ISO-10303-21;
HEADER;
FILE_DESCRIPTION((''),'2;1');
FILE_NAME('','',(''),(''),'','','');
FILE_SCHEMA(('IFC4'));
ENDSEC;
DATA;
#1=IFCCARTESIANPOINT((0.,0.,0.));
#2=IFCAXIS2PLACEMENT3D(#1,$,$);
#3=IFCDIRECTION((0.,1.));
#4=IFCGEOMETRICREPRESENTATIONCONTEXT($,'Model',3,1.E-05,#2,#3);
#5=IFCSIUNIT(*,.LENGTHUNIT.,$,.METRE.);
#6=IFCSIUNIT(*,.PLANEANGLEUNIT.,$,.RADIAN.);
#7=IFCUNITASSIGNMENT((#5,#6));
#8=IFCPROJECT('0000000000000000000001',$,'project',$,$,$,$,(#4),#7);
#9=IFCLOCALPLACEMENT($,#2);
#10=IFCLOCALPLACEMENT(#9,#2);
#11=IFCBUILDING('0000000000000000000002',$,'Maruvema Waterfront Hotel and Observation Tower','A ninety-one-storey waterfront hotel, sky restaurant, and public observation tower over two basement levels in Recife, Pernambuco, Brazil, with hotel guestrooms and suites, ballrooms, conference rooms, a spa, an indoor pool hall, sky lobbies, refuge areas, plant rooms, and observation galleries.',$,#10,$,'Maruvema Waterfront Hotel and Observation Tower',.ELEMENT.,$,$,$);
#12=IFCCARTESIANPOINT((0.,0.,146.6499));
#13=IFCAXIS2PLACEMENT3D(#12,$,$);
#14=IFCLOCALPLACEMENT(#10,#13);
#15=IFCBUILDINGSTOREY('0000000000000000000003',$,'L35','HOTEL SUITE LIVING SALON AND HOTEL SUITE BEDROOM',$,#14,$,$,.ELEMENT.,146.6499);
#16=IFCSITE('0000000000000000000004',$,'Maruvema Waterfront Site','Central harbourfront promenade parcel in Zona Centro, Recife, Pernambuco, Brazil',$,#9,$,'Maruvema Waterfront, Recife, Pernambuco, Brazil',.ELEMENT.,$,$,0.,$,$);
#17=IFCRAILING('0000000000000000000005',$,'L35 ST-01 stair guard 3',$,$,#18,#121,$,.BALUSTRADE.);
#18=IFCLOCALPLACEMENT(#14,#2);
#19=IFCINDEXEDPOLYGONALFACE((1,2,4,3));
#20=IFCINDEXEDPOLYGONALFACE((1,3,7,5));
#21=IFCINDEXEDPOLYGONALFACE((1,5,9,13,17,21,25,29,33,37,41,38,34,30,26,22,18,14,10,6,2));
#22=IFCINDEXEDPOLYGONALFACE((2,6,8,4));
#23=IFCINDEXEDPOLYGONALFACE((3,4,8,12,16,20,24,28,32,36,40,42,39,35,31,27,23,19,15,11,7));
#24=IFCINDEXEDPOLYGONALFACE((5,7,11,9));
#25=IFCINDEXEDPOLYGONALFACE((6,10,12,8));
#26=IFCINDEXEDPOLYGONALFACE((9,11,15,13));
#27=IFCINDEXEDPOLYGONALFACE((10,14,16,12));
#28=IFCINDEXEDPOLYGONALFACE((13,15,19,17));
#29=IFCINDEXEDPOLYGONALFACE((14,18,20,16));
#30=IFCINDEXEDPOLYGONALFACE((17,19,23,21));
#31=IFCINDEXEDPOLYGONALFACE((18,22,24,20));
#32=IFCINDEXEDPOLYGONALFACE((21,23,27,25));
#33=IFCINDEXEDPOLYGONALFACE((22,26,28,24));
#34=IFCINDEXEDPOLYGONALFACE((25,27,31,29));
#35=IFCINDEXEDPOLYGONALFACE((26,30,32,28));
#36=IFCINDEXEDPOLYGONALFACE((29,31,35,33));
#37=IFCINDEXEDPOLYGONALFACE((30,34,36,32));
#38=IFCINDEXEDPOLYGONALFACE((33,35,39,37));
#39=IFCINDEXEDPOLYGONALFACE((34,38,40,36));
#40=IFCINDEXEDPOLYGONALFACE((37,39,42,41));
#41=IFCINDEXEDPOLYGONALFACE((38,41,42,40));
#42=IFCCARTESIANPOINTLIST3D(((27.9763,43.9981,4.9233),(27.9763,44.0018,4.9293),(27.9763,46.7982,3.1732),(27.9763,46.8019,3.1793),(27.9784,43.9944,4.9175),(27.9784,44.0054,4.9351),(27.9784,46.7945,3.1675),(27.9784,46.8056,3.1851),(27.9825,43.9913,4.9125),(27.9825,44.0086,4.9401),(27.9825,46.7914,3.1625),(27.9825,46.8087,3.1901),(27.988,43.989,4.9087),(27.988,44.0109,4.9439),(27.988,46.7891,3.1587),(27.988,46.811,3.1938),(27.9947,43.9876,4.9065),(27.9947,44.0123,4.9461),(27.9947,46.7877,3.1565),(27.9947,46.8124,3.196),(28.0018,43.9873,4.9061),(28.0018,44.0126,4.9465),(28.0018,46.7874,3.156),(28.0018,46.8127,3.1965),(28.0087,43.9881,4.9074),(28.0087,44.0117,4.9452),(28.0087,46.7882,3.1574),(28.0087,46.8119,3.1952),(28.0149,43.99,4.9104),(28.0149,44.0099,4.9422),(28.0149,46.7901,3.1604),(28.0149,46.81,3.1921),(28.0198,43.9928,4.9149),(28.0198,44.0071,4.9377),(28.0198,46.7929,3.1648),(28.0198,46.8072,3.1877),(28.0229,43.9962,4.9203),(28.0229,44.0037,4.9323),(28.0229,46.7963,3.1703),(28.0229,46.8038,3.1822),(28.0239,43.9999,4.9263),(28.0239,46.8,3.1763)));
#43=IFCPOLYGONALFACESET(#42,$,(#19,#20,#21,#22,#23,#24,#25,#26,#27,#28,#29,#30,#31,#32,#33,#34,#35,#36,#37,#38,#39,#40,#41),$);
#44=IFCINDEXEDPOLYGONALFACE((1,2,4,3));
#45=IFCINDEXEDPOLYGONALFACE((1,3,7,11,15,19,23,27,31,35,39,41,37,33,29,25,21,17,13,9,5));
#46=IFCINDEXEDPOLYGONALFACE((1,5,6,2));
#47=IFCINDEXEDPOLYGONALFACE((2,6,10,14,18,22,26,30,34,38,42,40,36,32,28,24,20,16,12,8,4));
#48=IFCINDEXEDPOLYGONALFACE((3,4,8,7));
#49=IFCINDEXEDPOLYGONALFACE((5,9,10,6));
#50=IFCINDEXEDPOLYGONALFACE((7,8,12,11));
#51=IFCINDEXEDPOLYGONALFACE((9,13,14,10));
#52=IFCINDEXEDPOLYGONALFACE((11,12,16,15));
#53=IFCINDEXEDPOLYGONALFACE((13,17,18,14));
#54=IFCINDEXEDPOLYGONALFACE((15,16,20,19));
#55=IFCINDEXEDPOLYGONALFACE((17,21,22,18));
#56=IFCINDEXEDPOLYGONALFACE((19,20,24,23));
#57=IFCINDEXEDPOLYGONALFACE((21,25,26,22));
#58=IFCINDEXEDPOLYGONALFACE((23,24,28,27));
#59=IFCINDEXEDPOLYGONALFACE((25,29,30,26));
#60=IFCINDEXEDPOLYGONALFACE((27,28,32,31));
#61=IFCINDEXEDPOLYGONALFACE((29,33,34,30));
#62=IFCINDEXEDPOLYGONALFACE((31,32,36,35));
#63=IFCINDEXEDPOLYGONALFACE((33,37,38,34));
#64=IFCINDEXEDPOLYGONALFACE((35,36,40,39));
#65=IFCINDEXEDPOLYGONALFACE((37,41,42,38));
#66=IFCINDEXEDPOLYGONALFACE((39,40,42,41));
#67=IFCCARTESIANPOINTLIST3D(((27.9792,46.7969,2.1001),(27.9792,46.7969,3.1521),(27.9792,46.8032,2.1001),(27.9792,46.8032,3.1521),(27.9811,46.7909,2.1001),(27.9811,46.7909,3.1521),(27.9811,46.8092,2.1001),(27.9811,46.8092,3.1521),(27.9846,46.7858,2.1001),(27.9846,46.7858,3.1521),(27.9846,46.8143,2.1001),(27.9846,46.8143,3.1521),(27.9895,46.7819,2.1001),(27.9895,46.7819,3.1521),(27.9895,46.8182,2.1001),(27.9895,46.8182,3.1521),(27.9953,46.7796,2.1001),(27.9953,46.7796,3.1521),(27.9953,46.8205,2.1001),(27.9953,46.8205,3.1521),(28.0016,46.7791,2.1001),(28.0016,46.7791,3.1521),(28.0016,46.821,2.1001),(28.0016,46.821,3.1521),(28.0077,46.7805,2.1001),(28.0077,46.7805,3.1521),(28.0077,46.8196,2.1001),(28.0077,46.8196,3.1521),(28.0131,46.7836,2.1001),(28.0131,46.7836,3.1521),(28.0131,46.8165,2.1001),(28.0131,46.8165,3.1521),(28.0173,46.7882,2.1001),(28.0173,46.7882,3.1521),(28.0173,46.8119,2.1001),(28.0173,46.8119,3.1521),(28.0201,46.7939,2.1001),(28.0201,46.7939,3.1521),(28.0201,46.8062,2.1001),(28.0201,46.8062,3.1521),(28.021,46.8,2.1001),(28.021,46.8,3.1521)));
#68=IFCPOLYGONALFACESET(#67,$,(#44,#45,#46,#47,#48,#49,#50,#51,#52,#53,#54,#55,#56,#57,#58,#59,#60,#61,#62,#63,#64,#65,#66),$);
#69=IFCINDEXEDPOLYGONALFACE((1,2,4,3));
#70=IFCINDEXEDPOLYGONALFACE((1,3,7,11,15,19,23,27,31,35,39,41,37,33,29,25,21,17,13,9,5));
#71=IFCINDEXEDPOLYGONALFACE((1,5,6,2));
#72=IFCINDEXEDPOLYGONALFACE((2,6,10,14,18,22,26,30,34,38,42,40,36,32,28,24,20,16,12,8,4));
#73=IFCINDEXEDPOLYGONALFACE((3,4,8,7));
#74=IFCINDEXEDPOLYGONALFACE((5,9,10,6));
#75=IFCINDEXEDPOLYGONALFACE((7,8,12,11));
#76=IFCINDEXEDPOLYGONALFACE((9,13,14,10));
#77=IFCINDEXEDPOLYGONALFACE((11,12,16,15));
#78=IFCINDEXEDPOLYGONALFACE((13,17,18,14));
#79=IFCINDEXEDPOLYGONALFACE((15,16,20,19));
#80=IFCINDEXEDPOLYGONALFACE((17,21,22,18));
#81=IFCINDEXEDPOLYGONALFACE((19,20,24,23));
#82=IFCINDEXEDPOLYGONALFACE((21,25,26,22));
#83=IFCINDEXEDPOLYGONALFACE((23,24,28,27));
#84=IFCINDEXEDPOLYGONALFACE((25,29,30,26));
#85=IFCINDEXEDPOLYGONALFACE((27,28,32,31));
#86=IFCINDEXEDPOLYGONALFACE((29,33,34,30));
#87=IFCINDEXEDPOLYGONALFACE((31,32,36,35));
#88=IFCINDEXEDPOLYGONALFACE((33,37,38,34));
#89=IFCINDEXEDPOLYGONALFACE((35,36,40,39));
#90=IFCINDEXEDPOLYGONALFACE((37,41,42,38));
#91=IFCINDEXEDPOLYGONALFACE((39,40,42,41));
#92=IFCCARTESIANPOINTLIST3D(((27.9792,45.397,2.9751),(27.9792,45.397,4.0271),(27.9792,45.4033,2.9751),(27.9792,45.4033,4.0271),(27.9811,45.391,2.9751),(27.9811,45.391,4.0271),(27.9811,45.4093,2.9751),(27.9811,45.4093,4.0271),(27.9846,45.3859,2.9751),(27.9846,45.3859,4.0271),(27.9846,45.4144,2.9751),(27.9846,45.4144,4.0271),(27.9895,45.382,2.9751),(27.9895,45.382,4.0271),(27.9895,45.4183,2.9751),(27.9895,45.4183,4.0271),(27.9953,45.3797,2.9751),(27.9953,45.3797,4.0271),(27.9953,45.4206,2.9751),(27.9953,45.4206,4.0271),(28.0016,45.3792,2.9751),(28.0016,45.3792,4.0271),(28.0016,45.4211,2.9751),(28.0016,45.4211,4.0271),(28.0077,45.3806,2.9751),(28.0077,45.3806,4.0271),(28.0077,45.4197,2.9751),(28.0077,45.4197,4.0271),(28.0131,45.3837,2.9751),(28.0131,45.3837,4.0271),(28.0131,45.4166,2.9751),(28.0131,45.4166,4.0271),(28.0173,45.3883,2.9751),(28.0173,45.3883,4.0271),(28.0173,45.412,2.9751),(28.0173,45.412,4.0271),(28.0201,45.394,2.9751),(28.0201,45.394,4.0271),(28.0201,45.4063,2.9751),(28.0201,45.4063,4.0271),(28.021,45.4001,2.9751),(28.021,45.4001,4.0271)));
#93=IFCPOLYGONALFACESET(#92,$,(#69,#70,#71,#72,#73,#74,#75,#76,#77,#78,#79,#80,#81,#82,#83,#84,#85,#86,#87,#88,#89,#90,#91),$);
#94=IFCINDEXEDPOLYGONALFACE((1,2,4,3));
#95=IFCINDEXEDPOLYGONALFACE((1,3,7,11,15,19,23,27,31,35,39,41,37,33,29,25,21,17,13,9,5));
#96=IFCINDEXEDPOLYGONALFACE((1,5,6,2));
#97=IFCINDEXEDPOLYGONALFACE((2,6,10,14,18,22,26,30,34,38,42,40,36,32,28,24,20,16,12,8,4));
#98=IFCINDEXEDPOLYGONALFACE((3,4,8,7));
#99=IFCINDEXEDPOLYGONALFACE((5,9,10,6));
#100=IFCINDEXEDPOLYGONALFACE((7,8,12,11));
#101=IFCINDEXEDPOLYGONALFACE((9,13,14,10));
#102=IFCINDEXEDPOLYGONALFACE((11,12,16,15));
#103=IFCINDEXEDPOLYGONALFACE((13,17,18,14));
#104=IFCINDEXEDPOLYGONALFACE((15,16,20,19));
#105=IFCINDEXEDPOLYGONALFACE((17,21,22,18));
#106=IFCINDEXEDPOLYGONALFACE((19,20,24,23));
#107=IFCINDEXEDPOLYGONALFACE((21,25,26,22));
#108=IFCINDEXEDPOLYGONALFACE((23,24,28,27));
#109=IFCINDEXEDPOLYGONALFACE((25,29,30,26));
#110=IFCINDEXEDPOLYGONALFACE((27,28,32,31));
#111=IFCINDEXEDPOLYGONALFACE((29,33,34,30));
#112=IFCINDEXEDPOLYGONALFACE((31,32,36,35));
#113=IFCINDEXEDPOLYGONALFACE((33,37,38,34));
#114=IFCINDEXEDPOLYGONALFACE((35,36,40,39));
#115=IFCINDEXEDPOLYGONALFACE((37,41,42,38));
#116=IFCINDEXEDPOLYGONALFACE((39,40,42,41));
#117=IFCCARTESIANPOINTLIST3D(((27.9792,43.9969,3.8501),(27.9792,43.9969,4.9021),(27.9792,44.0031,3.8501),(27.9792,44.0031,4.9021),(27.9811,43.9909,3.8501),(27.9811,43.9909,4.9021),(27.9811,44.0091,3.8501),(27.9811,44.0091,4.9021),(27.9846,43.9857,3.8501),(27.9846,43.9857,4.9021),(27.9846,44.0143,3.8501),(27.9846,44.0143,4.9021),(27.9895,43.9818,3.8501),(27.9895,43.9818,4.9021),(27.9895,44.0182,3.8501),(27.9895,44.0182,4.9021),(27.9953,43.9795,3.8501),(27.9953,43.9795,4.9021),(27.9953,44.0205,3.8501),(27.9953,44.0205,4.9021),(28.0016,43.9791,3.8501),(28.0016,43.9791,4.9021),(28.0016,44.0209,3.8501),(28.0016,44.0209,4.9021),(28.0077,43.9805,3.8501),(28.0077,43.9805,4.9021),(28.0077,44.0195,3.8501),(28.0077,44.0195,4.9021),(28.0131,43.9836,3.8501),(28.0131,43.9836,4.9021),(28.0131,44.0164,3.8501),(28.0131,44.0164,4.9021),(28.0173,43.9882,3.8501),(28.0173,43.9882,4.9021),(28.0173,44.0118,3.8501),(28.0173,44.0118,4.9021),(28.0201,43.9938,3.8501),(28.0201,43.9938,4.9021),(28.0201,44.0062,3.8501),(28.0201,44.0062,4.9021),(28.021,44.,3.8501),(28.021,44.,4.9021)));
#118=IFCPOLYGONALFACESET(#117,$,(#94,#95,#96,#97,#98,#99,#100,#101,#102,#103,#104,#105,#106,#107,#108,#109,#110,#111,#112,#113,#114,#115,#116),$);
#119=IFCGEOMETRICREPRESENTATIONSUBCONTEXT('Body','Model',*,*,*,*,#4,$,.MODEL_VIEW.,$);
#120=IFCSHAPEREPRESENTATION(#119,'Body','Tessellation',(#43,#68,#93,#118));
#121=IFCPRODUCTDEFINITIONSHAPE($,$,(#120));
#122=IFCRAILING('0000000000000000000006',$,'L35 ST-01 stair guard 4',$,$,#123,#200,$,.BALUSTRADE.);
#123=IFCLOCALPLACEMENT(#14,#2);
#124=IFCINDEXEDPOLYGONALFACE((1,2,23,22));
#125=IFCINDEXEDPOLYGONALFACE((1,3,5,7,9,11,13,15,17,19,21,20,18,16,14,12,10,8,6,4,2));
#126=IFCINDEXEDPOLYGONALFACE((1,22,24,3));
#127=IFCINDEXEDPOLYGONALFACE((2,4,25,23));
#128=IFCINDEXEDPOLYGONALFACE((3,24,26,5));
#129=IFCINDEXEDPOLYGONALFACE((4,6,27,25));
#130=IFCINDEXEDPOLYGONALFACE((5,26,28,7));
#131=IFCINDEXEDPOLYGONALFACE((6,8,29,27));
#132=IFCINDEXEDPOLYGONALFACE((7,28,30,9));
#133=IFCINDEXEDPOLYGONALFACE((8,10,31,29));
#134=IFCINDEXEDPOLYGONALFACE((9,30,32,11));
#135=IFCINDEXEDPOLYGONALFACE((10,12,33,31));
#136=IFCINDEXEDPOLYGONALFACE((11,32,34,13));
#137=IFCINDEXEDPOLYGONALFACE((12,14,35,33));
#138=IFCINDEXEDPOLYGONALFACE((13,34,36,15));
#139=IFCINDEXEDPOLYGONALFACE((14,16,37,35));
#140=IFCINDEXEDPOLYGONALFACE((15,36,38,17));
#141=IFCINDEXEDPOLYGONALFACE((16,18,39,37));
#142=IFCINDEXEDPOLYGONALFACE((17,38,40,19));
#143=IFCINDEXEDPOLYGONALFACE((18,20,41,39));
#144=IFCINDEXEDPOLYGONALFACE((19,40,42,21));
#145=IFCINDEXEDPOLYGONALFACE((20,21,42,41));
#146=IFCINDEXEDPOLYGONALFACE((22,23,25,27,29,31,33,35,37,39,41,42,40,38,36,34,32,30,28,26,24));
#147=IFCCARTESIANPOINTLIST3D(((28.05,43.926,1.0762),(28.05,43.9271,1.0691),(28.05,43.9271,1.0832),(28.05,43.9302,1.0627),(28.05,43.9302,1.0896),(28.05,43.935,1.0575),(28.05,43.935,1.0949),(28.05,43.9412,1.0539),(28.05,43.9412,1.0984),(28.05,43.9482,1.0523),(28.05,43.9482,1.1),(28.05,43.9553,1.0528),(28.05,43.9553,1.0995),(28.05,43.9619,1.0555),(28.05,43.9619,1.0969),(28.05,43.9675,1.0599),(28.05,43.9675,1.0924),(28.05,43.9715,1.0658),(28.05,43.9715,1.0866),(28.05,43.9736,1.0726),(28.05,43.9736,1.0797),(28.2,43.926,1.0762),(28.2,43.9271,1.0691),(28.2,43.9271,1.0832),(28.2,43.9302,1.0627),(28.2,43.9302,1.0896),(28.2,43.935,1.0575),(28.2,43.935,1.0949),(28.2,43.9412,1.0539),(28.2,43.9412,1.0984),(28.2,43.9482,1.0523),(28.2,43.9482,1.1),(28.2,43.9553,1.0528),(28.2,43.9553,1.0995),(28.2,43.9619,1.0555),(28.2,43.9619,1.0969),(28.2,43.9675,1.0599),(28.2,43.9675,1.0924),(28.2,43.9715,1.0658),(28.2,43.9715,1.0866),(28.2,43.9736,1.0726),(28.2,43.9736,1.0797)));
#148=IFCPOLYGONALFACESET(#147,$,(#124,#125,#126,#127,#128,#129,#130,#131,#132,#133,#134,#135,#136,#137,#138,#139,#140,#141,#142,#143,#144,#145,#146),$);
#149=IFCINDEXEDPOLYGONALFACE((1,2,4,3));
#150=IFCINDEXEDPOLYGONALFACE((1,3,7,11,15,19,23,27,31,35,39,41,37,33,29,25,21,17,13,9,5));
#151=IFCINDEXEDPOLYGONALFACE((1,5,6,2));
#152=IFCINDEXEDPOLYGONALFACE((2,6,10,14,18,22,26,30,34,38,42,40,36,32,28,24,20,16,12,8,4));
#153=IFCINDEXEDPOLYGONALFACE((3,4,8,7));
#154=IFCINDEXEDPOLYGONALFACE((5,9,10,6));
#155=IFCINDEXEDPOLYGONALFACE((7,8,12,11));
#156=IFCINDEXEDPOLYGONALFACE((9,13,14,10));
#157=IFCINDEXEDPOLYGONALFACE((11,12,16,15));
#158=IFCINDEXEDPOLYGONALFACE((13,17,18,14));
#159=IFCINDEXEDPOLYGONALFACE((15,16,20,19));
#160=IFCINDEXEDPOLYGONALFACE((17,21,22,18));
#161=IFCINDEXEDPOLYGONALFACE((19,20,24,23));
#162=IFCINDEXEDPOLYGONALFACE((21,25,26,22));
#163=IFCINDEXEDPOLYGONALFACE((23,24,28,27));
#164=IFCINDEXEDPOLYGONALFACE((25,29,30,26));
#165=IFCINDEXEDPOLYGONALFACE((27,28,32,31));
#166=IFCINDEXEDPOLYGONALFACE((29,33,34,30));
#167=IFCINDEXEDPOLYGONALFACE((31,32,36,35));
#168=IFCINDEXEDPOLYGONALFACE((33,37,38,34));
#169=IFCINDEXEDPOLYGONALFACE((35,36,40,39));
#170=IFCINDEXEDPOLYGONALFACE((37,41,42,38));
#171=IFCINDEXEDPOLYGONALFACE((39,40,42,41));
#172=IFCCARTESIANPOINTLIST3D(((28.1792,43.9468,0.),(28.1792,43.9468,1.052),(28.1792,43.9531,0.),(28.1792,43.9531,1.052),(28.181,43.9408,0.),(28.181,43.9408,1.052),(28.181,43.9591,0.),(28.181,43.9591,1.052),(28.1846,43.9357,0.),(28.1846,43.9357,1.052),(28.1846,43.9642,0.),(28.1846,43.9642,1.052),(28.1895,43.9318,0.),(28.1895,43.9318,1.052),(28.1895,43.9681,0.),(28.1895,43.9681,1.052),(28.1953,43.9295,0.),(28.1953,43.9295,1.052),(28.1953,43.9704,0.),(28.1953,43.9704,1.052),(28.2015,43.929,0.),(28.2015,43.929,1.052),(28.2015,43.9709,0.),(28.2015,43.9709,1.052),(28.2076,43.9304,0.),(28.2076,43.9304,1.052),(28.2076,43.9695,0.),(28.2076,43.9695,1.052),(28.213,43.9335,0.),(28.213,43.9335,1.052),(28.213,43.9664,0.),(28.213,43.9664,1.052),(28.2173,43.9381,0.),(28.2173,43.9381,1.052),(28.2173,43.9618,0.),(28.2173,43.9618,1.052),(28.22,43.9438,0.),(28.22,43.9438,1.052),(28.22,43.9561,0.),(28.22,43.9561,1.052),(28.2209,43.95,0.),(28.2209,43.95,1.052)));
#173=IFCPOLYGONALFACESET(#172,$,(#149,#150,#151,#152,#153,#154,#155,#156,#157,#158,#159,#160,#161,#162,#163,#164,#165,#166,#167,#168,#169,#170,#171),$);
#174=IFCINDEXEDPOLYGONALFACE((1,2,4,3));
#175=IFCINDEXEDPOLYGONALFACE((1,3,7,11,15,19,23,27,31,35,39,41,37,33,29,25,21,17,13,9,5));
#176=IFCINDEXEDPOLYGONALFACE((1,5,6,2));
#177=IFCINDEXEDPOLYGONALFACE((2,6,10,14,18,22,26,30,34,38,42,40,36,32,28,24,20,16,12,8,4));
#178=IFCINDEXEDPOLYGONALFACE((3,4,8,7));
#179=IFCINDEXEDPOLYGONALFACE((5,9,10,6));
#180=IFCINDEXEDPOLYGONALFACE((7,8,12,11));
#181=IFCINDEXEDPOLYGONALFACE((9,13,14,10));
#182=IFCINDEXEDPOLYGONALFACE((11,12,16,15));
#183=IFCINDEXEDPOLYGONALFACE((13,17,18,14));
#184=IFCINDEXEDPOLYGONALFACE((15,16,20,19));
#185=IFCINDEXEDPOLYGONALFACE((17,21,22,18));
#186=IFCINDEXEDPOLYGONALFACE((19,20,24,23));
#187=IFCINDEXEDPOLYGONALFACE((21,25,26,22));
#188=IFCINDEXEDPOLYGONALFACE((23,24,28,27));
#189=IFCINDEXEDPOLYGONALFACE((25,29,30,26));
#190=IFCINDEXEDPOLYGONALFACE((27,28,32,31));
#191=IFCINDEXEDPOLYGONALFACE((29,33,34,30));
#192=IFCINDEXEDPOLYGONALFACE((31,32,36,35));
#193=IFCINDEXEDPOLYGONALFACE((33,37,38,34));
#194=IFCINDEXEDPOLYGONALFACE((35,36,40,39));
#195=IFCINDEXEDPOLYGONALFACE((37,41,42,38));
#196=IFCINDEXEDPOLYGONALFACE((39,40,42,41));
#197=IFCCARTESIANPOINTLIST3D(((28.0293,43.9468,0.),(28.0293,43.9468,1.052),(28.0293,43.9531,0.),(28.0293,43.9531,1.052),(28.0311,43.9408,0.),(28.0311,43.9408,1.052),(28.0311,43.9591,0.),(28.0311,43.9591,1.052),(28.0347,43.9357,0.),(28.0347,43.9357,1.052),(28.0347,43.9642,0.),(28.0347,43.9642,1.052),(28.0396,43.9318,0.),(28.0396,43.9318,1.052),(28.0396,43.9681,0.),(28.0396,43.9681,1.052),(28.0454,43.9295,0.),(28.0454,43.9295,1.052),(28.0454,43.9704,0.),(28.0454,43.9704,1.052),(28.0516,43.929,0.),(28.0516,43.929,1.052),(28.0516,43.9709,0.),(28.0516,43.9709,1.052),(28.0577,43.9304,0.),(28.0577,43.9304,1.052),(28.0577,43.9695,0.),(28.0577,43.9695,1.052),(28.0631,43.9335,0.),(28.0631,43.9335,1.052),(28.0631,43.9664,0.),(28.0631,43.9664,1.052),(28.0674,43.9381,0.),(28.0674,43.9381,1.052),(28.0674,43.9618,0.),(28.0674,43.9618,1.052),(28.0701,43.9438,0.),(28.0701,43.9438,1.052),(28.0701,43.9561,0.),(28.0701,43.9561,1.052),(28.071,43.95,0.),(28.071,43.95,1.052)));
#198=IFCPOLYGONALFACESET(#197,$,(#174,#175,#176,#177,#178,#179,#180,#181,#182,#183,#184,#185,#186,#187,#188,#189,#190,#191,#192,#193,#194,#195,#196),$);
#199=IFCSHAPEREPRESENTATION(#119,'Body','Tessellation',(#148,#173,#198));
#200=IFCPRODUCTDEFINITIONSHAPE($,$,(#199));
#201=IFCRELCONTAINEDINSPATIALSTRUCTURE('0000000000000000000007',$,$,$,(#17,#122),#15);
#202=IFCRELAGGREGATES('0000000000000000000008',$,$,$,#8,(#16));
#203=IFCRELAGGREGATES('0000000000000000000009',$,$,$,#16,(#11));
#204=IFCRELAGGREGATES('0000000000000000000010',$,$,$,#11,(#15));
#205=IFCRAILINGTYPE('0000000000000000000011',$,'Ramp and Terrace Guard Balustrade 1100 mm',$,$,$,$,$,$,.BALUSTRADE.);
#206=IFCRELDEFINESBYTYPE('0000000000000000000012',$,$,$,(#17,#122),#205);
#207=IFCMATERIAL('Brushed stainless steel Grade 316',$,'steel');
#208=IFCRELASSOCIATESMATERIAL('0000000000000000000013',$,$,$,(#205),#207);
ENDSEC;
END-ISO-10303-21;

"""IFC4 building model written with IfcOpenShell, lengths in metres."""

from ifc_helpers import new_model, si_unit, direction, frame, origin, origin_2d, place, context, subcontext, project, spatial, circle, extrude, material, type_object, element, save


model = new_model("IFC4")

# Units and contexts
model_context = context("Model", 3, precision=1e-05, world=origin(), true_north=direction((0.0, 1.0)))
body_context = subcontext(model_context, "Body", "Model", "MODEL_VIEW")
ifc_project = project(units=[si_unit("LENGTHUNIT", "METRE"), si_unit("PLANEANGLEUNIT", "RADIAN")], contexts=[model_context])

# Site, building, storey
site_placement = place(None, origin())
site = spatial("IfcSite", under=ifc_project, at=site_placement, Name="Maruvema Waterfront Site", Description="Central harbourfront promenade parcel in Zona Centro, Recife, Pernambuco, Brazil", LongName="Maruvema Waterfront, Recife, Pernambuco, Brazil", CompositionType="ELEMENT", RefElevation=0.0)
building_placement = place(site_placement, origin())
building = spatial("IfcBuilding", under=site, at=building_placement, Name="Maruvema Waterfront Hotel and Observation Tower", Description="A ninety-one-storey waterfront hotel, sky restaurant, and public observation tower over two basement levels in Recife, Pernambuco, Brazil, with hotel guestrooms and suites, ballrooms, conference rooms, a spa, an indoor pool hall, sky lobbies, refuge areas, plant rooms, and observation galleries.", LongName="Maruvema Waterfront Hotel and Observation Tower", CompositionType="ELEMENT")
storey_placement = place(building_placement, frame((0.0, 0.0, 146.6499)))
storey = spatial("IfcBuildingStorey", under=building, at=storey_placement, Name="L35", Description="HOTEL SUITE LIVING SALON AND HOTEL SUITE BEDROOM", CompositionType="ELEMENT", Elevation=146.6499)

# Railings
ifc_material_1 = material(Name="Brushed stainless steel Grade 316", Category="steel")
railing_type_1 = type_object("IfcRailingType", Name="Ramp and Terrace Guard Balustrade 1100 mm", PredefinedType="BALUSTRADE", material=ifc_material_1)
railing_1_placement = place(storey_placement, frame((28.0, 46.8, 2.1001)))
element("IfcRailing", 1, at=railing_1_placement, inside=storey, type_object=railing_type_1, Name="L35 ST-01 stair guard 3", PredefinedType="BALUSTRADE", context=body_context, shape_type="SweptSolid", body=[
    extrude(circle(Radius=0.0239, at=origin_2d()), frame((0.0, 0.0, 1.0762), z_axis=(0.0, -0.848002, 0.529992), x_axis=(1.0, 0.0, 0.0)), (0.0, 0.0, 1.0), 3.302),
    extrude(circle(Radius=0.021, at=origin_2d()), origin(), (0.0, 0.0, 1.0), 1.052),
    extrude(circle(Radius=0.021, at=origin_2d()), frame((0.0, -1.3999, 0.875)), (0.0, 0.0, 1.0), 1.052),
    extrude(circle(Radius=0.021, at=origin_2d()), frame((0.0, -2.8, 1.75)), (0.0, 0.0, 1.0), 1.052),
])
railing_2_placement = place(storey_placement, frame((28.2, 43.95, 0.0)))
element("IfcRailing", 2, at=railing_2_placement, inside=storey, type_object=railing_type_1, Name="L35 ST-01 stair guard 4", PredefinedType="BALUSTRADE", context=body_context, shape_type="SweptSolid", body=[
    extrude(circle(Radius=0.0239, at=origin_2d()), frame((0.0, 0.0, 1.0762), z_axis=(-1.0, 0.0, 0.0), x_axis=(0.0, -1.0, 0.0)), (0.0, 0.0, 1.0), 0.1499),
    extrude(circle(Radius=0.021, at=origin_2d()), origin(), (0.0, 0.0, 1.0), 1.052),
    extrude(circle(Radius=0.021, at=origin_2d()), frame((-0.1499, 0.0, 0.0)), (0.0, 0.0, 1.0), 1.052),
])

save(model, "model.ifc")
